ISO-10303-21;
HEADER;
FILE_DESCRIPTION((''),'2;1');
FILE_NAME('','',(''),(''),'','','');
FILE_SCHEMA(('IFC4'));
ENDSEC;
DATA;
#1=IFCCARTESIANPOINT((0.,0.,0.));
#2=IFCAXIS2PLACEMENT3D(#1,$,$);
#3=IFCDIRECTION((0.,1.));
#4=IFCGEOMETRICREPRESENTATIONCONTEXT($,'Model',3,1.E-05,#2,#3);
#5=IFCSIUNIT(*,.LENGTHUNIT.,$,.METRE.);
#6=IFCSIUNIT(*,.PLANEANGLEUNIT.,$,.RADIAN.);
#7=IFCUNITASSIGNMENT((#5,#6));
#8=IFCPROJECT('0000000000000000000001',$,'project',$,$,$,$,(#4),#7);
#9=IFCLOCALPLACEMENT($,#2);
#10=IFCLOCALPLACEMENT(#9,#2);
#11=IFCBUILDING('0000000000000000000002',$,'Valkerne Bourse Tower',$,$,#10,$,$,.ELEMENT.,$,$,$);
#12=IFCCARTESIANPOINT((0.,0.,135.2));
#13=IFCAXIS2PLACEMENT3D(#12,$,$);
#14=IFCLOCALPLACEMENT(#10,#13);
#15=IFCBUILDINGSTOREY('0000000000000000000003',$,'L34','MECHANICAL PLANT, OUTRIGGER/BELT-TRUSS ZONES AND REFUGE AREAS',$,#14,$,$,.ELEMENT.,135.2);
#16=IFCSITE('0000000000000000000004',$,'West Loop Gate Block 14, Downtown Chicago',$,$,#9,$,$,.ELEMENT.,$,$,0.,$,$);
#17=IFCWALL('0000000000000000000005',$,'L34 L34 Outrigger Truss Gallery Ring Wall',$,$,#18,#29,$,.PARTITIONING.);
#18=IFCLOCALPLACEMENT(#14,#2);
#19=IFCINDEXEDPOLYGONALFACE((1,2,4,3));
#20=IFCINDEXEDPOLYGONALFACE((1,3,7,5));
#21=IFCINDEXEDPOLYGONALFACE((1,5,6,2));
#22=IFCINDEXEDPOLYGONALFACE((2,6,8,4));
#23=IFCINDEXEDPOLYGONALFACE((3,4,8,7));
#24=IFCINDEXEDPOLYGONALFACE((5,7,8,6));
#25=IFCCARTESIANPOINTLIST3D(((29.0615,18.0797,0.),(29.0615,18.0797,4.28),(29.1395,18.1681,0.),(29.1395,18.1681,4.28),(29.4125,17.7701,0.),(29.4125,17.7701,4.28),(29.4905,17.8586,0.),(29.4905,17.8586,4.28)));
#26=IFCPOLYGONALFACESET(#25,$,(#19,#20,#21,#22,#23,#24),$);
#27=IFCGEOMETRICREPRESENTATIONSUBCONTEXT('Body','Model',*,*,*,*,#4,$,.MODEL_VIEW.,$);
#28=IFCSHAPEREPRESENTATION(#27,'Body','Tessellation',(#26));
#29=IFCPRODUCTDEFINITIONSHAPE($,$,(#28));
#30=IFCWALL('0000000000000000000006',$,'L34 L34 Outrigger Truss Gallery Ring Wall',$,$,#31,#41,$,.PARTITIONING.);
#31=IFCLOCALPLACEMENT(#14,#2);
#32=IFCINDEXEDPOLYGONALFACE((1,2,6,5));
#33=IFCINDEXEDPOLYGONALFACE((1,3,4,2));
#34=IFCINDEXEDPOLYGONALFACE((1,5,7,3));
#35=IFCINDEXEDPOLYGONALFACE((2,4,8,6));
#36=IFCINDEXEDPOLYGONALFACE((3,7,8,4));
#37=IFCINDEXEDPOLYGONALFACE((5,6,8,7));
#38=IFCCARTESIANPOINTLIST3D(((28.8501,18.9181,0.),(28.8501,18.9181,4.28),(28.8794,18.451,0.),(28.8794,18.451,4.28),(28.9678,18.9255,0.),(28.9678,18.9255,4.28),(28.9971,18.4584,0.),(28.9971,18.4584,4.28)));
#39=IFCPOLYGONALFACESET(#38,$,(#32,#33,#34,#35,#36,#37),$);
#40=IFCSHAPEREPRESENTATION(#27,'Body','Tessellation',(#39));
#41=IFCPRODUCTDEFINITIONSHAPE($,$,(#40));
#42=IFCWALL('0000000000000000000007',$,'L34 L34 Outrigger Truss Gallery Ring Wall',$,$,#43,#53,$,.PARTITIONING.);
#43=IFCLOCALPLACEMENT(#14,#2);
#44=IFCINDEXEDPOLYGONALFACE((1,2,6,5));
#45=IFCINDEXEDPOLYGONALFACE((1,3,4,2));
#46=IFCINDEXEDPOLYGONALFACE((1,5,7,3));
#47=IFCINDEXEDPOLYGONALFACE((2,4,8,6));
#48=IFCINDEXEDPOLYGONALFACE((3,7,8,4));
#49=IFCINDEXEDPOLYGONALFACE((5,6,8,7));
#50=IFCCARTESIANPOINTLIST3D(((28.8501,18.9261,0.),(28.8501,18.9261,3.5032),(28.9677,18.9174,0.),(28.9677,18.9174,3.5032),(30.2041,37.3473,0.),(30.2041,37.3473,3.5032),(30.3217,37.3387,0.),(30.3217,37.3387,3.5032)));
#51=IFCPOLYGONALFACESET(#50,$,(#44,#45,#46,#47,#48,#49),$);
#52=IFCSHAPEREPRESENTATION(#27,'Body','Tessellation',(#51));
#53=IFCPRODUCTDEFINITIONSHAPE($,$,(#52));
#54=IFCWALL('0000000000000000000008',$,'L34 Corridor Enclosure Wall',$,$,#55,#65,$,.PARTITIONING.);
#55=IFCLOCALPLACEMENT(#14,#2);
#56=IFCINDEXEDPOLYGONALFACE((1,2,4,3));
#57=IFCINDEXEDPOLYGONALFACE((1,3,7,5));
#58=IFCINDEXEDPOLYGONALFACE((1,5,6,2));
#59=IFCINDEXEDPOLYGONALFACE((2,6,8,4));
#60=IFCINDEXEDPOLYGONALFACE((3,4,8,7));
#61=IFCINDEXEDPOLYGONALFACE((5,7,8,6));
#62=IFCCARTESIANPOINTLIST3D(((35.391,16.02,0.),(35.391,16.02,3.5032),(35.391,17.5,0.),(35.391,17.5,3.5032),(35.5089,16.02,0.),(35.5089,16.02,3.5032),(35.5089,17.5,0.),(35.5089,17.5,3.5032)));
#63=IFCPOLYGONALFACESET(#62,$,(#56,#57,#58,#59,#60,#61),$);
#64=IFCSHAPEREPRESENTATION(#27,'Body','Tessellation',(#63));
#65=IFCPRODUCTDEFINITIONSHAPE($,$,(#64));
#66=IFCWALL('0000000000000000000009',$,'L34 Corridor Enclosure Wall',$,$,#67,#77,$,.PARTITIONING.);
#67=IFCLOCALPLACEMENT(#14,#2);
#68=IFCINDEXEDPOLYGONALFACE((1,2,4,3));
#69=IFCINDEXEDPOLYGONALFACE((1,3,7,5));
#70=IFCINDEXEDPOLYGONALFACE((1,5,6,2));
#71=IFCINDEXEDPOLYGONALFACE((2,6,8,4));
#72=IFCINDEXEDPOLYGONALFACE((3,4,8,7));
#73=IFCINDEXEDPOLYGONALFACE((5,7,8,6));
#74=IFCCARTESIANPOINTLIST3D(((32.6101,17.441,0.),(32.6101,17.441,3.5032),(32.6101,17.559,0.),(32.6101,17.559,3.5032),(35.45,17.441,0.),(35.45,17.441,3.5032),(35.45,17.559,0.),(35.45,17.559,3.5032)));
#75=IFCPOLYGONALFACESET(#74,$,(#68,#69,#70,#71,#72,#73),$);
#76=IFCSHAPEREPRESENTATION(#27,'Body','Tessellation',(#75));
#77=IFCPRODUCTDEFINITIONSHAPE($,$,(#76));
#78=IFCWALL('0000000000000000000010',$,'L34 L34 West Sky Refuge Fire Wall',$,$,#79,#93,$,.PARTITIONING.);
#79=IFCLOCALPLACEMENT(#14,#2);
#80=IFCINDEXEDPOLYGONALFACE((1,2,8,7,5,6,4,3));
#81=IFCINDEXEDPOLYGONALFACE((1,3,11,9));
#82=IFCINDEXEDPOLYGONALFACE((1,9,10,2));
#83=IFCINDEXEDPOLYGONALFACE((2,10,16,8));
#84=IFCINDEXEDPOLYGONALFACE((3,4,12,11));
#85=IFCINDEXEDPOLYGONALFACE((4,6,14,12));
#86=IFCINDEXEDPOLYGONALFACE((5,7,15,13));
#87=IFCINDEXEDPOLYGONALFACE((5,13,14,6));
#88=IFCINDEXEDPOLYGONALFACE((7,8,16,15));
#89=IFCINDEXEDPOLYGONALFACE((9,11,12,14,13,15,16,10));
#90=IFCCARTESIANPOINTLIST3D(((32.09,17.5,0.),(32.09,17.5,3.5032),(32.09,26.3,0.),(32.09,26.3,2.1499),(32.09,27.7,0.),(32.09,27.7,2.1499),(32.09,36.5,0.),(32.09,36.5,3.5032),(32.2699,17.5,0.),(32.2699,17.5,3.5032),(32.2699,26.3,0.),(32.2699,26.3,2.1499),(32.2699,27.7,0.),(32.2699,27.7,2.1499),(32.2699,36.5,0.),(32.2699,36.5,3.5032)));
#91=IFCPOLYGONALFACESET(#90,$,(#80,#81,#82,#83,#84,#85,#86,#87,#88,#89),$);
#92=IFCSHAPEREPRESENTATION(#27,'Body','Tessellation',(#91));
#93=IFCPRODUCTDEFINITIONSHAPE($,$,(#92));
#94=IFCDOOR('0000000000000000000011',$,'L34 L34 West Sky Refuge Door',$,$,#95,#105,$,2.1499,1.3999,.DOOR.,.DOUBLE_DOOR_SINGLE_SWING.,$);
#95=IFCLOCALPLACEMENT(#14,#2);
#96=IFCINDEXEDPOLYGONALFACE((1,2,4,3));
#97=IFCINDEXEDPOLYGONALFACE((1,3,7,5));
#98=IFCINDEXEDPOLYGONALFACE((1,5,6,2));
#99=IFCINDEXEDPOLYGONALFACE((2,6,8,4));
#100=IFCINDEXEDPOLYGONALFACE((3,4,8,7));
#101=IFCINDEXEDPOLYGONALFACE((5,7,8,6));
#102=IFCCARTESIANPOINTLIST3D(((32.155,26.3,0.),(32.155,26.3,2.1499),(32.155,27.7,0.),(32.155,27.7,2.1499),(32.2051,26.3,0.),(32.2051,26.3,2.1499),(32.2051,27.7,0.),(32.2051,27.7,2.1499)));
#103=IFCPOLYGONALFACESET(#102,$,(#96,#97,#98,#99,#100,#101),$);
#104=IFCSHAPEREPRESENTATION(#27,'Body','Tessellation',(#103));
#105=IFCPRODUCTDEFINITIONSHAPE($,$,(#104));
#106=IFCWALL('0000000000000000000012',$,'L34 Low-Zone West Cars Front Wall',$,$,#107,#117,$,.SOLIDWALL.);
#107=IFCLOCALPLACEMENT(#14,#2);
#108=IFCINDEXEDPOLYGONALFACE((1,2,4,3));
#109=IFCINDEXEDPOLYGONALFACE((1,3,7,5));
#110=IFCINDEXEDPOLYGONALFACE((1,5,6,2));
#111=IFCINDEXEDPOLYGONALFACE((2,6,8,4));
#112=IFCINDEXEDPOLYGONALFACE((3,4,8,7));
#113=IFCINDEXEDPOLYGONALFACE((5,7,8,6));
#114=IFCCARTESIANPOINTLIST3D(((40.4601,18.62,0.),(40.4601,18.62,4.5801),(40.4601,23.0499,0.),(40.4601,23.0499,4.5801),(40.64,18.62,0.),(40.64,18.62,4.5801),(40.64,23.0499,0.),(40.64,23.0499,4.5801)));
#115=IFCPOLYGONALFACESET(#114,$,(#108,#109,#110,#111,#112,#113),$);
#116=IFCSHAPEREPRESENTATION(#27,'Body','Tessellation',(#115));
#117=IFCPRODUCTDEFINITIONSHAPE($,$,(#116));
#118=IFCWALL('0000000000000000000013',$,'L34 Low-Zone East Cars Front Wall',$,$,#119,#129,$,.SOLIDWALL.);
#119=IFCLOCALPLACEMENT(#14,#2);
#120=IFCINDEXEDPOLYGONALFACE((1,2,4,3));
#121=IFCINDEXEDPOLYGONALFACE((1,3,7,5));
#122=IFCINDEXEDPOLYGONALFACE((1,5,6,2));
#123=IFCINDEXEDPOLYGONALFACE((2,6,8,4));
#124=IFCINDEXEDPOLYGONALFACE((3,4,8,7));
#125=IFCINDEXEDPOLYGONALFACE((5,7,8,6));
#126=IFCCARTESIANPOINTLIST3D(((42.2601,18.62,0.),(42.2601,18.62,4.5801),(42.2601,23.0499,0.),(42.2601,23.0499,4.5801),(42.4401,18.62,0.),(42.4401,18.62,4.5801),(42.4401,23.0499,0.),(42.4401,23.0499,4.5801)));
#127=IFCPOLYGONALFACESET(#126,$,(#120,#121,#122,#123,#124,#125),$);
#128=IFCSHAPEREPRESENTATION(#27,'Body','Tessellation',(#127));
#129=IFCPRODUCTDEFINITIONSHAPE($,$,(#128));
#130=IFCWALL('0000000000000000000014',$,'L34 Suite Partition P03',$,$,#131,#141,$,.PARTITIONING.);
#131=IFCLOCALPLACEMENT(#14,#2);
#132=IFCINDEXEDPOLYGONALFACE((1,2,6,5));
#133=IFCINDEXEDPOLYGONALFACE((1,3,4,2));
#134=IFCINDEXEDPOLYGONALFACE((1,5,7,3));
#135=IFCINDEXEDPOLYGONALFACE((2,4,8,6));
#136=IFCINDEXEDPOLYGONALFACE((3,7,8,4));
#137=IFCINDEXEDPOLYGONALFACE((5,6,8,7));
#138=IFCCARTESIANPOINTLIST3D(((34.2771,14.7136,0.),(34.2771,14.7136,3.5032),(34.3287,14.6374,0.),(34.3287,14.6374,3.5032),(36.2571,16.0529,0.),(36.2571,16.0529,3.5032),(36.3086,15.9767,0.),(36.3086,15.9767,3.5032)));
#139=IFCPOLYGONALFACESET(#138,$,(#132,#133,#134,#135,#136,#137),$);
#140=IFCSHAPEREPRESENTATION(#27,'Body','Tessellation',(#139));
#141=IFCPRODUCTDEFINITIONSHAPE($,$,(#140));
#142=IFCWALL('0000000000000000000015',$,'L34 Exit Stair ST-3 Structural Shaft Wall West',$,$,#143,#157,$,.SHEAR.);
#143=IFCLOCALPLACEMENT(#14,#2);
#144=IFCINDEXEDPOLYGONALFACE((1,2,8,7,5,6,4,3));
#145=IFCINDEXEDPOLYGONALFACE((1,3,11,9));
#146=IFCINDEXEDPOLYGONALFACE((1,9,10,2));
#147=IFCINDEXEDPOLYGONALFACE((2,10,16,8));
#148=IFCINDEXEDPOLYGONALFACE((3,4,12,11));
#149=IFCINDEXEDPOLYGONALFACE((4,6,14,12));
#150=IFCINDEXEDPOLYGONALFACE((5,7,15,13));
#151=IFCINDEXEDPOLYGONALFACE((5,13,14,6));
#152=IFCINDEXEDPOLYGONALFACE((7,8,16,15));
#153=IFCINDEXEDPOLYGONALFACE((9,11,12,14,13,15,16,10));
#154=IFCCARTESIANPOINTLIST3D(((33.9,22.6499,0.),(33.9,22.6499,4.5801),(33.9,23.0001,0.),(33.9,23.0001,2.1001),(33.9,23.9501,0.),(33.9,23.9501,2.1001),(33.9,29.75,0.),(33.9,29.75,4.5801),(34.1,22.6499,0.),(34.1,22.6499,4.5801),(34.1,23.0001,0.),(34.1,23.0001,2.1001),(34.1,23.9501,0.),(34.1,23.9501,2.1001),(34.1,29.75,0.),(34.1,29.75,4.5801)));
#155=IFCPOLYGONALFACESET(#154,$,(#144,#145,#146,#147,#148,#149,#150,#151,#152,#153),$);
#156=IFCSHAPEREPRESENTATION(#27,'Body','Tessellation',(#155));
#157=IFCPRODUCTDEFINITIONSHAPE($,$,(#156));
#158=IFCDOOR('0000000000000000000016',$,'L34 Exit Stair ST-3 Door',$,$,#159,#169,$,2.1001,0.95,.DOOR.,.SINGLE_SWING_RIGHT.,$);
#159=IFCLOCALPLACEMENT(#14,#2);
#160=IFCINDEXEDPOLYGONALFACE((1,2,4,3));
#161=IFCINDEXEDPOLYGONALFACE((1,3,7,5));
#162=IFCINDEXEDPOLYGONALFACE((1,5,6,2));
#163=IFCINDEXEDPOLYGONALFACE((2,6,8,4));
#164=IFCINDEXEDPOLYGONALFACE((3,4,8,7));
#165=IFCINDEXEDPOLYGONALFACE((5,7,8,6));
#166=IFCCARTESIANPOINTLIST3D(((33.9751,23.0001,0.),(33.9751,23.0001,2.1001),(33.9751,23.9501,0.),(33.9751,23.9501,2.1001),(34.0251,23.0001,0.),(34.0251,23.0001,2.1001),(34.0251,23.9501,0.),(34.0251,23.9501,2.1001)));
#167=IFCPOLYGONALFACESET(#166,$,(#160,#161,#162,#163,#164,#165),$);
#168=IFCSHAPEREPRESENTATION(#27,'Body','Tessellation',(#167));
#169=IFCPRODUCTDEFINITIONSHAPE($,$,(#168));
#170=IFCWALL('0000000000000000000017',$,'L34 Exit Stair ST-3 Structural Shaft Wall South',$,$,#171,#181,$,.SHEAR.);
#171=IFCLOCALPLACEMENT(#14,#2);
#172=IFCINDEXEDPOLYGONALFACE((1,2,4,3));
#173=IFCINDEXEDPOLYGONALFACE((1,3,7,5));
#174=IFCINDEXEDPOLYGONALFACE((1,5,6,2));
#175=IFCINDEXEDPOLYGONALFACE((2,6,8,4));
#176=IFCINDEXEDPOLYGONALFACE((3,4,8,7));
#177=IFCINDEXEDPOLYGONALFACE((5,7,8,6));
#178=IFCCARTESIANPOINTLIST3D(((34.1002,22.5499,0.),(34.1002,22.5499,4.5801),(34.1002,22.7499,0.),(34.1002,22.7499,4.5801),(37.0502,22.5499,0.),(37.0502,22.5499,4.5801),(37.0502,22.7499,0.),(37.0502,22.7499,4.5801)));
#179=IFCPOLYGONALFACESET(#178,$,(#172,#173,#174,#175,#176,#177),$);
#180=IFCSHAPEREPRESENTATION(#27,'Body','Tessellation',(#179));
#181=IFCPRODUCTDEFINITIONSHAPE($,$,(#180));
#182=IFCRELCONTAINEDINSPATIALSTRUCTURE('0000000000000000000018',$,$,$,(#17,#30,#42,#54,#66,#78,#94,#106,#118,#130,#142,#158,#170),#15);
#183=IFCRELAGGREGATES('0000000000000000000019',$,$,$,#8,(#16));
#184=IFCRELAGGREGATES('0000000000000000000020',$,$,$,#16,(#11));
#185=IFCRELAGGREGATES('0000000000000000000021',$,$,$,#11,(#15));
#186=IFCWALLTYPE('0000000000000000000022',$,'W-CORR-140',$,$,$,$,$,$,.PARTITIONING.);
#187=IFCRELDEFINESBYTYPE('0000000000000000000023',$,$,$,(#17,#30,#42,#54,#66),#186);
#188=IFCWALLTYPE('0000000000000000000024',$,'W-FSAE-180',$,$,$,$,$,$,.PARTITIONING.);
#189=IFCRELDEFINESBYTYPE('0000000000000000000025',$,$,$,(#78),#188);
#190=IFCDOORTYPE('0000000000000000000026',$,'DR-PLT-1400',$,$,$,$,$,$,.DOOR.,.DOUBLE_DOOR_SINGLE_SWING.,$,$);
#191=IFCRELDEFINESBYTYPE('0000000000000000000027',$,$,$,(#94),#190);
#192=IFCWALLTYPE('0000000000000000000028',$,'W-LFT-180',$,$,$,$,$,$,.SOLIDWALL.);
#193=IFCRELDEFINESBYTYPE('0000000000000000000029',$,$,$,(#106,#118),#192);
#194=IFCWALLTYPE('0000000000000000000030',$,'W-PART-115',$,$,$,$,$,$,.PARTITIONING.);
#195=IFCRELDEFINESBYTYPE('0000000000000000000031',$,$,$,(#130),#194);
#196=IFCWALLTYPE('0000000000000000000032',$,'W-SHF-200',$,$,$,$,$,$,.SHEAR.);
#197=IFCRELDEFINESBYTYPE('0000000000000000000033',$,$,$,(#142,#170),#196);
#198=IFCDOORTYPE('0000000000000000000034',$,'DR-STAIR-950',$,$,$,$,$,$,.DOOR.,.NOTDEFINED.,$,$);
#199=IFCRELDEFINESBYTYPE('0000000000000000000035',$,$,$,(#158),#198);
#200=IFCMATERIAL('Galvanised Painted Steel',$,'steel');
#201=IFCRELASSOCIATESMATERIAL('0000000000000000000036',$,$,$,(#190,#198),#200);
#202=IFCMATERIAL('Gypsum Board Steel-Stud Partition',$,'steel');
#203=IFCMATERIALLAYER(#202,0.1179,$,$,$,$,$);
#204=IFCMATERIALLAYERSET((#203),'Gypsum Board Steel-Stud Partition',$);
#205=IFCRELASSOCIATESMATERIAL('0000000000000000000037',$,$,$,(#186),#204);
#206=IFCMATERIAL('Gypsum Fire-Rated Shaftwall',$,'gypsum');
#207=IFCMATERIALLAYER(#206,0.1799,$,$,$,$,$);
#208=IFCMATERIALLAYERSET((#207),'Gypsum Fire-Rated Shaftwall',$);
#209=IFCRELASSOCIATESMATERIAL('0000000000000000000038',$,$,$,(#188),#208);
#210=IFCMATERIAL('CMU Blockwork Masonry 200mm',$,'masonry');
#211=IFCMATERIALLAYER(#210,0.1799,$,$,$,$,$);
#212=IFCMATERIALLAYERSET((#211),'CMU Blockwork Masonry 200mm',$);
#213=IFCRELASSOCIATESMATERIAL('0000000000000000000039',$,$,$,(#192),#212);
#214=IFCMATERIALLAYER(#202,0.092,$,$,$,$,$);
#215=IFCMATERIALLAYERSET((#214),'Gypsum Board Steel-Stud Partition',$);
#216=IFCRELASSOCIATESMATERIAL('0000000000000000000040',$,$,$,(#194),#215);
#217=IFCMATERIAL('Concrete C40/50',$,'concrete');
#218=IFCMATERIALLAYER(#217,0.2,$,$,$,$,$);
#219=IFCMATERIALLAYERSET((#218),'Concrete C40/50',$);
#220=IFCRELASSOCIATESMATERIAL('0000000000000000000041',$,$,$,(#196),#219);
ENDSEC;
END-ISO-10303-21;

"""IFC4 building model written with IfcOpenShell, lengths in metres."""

from ifc_helpers import new_model, si_unit, direction, frame, frame_2d, origin, place, context, subcontext, project, spatial, rectangle, extrude, material, layer, layer_set, type_object, element, fill, save


model = new_model("IFC4")

# Units and contexts
model_context = context("Model", 3, precision=1e-05, world=origin(), true_north=direction((0.0, 1.0)))
body_context = subcontext(model_context, "Body", "Model", "MODEL_VIEW")
ifc_project = project(units=[si_unit("LENGTHUNIT", "METRE"), si_unit("PLANEANGLEUNIT", "RADIAN")], contexts=[model_context])

# Site, building, storey
site_placement = place(None, origin())
site = spatial("IfcSite", under=ifc_project, at=site_placement, Name="West Loop Gate Block 14, Downtown Chicago", CompositionType="ELEMENT", RefElevation=0.0)
building_placement = place(site_placement, origin())
building = spatial("IfcBuilding", under=site, at=building_placement, Name="Valkerne Bourse Tower", CompositionType="ELEMENT")
storey_placement = place(building_placement, frame((0.0, 0.0, 135.2)))
storey = spatial("IfcBuildingStorey", under=building, at=storey_placement, Name="L34", Description="MECHANICAL PLANT, OUTRIGGER/BELT-TRUSS ZONES AND REFUGE AREAS", CompositionType="ELEMENT", Elevation=135.2)

# Shared definitions
ifc_material_1 = material(Name="Galvanised Painted Steel", Category="steel")
door_type_1 = type_object("IfcDoorType", Name="DR-PLT-1400", OperationType="DOUBLE_DOOR_SINGLE_SWING", PredefinedType="DOOR", material=ifc_material_1)

# Walls
ifc_material_2 = material(Name="Gypsum Board Steel-Stud Partition", Category="steel")
ifc_layer_1 = layer(ifc_material_2, 0.1179)
ifc_layer_set_1 = layer_set([ifc_layer_1], Name="Gypsum Board Steel-Stud Partition")
wall_type_1 = type_object("IfcWallType", Name="W-CORR-140", PredefinedType="PARTITIONING", material=ifc_layer_set_1)
for number, where, z_axis, x_axis, name in (
    (1, (29.4514, 17.8145, 0.0), (0.0, 0.0, 1.0), (-0.750051, 0.66138, 0.0), "L34 L34 Outrigger Truss Gallery Ring Wall"),
    (2, (28.9382, 18.4548, 0.0), (0.0, 0.0, 1.0), (-0.062606, 0.998038, 0.0), "L34 L34 Outrigger Truss Gallery Ring Wall"),
):
    element("IfcWall", number, at=place(storey_placement, frame(where, z_axis=z_axis, x_axis=x_axis)), inside=storey, type_object=wall_type_1, Name=name, PredefinedType="PARTITIONING", context=body_context, shape_type="SweptSolid", body=[
        extrude(rectangle(XDim=0.468, YDim=0.1179, at=frame_2d((0.2339, 0.0))), origin(), (0.0, 0.0, 1.0), 4.28),
    ])
wall_1_placement = place(storey_placement, frame((28.9089, 18.9219, 0.0), z_axis=(0.0, 0.0, 1.0), x_axis=(0.073305, 0.99731, 0.0)))
element("IfcWall", 3, at=wall_1_placement, inside=storey, type_object=wall_type_1, Name="L34 L34 Outrigger Truss Gallery Ring Wall", PredefinedType="PARTITIONING", context=body_context, shape_type="SweptSolid", body=[
    extrude(rectangle(XDim=18.4709, YDim=0.1179, at=frame_2d((9.2354, 0.0))), origin(), (0.0, 0.0, 1.0), 3.5032),
])
wall_2_placement = place(storey_placement, frame((35.45, 16.02, 0.0), z_axis=(0.0, 0.0, 1.0), x_axis=(0.0, 1.0, 0.0)))
element("IfcWall", 4, at=wall_2_placement, inside=storey, type_object=wall_type_1, Name="L34 Corridor Enclosure Wall", PredefinedType="PARTITIONING", context=body_context, shape_type="SweptSolid", body=[
    extrude(rectangle(XDim=1.48, YDim=0.1179, at=frame_2d((0.74, 0.0))), origin(), (0.0, 0.0, 1.0), 3.5032),
])
wall_3_placement = place(storey_placement, frame((35.45, 17.5, 0.0), z_axis=(0.0, 0.0, 1.0), x_axis=(-1.0, 0.0, 0.0)))
element("IfcWall", 5, at=wall_3_placement, inside=storey, type_object=wall_type_1, Name="L34 Corridor Enclosure Wall", PredefinedType="PARTITIONING", context=body_context, shape_type="SweptSolid", body=[
    extrude(rectangle(XDim=2.8398, YDim=0.1179, at=frame_2d((1.4199, 0.0))), origin(), (0.0, 0.0, 1.0), 3.5032),
])

# Wall, opening, door
ifc_material_3 = material(Name="Gypsum Fire-Rated Shaftwall", Category="gypsum")
ifc_layer_2 = layer(ifc_material_3, 0.1799)
ifc_layer_set_2 = layer_set([ifc_layer_2], Name="Gypsum Fire-Rated Shaftwall")
wall_type_2 = type_object("IfcWallType", Name="W-FSAE-180", PredefinedType="PARTITIONING", material=ifc_layer_set_2)
wall_4_placement = place(storey_placement, frame((32.1799, 17.5, 0.0), z_axis=(0.0, 0.0, 1.0), x_axis=(0.0, 1.0, 0.0)))
wall_4 = element("IfcWall", 6, at=wall_4_placement, inside=storey, type_object=wall_type_2, Name="L34 L34 West Sky Refuge Fire Wall", PredefinedType="PARTITIONING", context=body_context, shape_type="SweptSolid", body=[
    extrude(rectangle(XDim=19.0, YDim=0.1799, at=frame_2d((9.5, 0.0))), origin(), (0.0, 0.0, 1.0), 3.5032),
])
opening_1_placement = place(wall_4_placement, frame((8.8, 0.0, 0.0)))
opening_1 = element("IfcOpeningElement", 7, at=opening_1_placement, cuts=wall_4, PredefinedType="OPENING", context=body_context, shape_type="SweptSolid", body=[
    extrude(rectangle(XDim=1.3999, YDim=2.1499, at=frame_2d((0.7, 1.075))), frame((0.0, 0.0999, 0.0), z_axis=(0.0, -1.0, 0.0), x_axis=(1.0, 0.0, 0.0)), (0.0, 0.0, 1.0), 0.2),
])
door_1_placement = place(opening_1_placement, origin())
door_1 = element("IfcDoor", 8, at=door_1_placement, inside=storey, type_object=door_type_1, Name="L34 L34 West Sky Refuge Door", OperationType="DOUBLE_DOOR_SINGLE_SWING", OverallHeight=2.1499, OverallWidth=1.3999, PredefinedType="DOOR", context=body_context, shape_type="SweptSolid", body=[
    extrude(rectangle(XDim=1.3999, YDim=2.1499, at=frame_2d((0.7, 1.075))), frame((0.0, 0.0249, 0.0), z_axis=(0.0, -1.0, 0.0), x_axis=(1.0, 0.0, 0.0)), (0.0, 0.0, 1.0), 0.05),
])
fill(opening_1, door_1)

# Walls
ifc_material_4 = material(Name="CMU Blockwork Masonry 200mm", Category="masonry")
ifc_layer_3 = layer(ifc_material_4, 0.1799)
ifc_layer_set_3 = layer_set([ifc_layer_3], Name="CMU Blockwork Masonry 200mm")
wall_type_3 = type_object("IfcWallType", Name="W-LFT-180", PredefinedType="SOLIDWALL", material=ifc_layer_set_3)
for number, where, z_axis, x_axis, name in (
    (9, (40.55, 18.6201, 0.0), (0.0, 0.0, 1.0), (0.0, 1.0, 0.0), "L34 Low-Zone West Cars Front Wall"),
    (10, (42.3501, 18.6201, 0.0), (0.0, 0.0, 1.0), (0.0, 1.0, 0.0), "L34 Low-Zone East Cars Front Wall"),
):
    element("IfcWall", number, at=place(storey_placement, frame(where, z_axis=z_axis, x_axis=x_axis)), inside=storey, type_object=wall_type_3, Name=name, PredefinedType="SOLIDWALL", context=body_context, shape_type="SweptSolid", body=[
        extrude(rectangle(XDim=4.4299, YDim=0.1799, at=frame_2d((2.2148, 0.0))), origin(), (0.0, 0.0, 1.0), 4.5801),
    ])
ifc_layer_4 = layer(ifc_material_2, 0.092)
ifc_layer_set_4 = layer_set([ifc_layer_4], Name="Gypsum Board Steel-Stud Partition")
wall_type_4 = type_object("IfcWallType", Name="W-PART-115", PredefinedType="PARTITIONING", material=ifc_layer_set_4)
wall_5_placement = place(storey_placement, frame((36.283, 16.0149, 0.0), z_axis=(0.0, 0.0, 1.0), x_axis=(-0.828292, -0.560297, 0.0)))
element("IfcWall", 11, at=wall_5_placement, inside=storey, type_object=wall_type_4, Name="L34 Suite Partition P03", PredefinedType="PARTITIONING", context=body_context, shape_type="SweptSolid", body=[
    extrude(rectangle(XDim=2.3904, YDim=0.092, at=frame_2d((1.1953, 0.0))), origin(), (0.0, 0.0, 1.0), 3.5032),
])

# Wall, opening, door
ifc_material_5 = material(Name="Concrete C40/50", Category="concrete")
ifc_layer_5 = layer(ifc_material_5, 0.2)
ifc_layer_set_5 = layer_set([ifc_layer_5], Name="Concrete C40/50")
wall_type_5 = type_object("IfcWallType", Name="W-SHF-200", PredefinedType="SHEAR", material=ifc_layer_set_5)
wall_6_placement = place(storey_placement, frame((34.0, 22.6499, 0.0), z_axis=(0.0, 0.0, 1.0), x_axis=(0.0, 1.0, 0.0)))
wall_6 = element("IfcWall", 12, at=wall_6_placement, inside=storey, type_object=wall_type_5, Name="L34 Exit Stair ST-3 Structural Shaft Wall West", PredefinedType="SHEAR", context=body_context, shape_type="SweptSolid", body=[
    extrude(rectangle(XDim=7.1001, YDim=0.2, at=frame_2d((3.55, 0.0))), origin(), (0.0, 0.0, 1.0), 4.5801),
])
opening_2_placement = place(wall_6_placement, frame((0.3501, 0.0, 0.0)))
opening_2 = element("IfcOpeningElement", 13, at=opening_2_placement, cuts=wall_6, PredefinedType="OPENING", context=body_context, shape_type="SweptSolid", body=[
    extrude(rectangle(XDim=0.95, YDim=2.1001, at=frame_2d((0.4751, 1.05))), frame((0.0, 0.1099, 0.0), z_axis=(0.0, -1.0, 0.0), x_axis=(1.0, 0.0, 0.0)), (0.0, 0.0, 1.0), 0.22),
])
door_type_2 = type_object("IfcDoorType", Name="DR-STAIR-950", OperationType="NOTDEFINED", PredefinedType="DOOR", material=ifc_material_1)
door_2_placement = place(opening_2_placement, origin())
door_2 = element("IfcDoor", 14, at=door_2_placement, inside=storey, type_object=door_type_2, Name="L34 Exit Stair ST-3 Door", OperationType="SINGLE_SWING_RIGHT", OverallHeight=2.1001, OverallWidth=0.95, PredefinedType="DOOR", context=body_context, shape_type="SweptSolid", body=[
    extrude(rectangle(XDim=0.95, YDim=2.1001, at=frame_2d((0.4751, 1.05))), frame((0.0, 0.0249, 0.0), z_axis=(0.0, -1.0, 0.0), x_axis=(1.0, 0.0, 0.0)), (0.0, 0.0, 1.0), 0.05),
])
fill(opening_2, door_2)

# Wall
wall_7_placement = place(storey_placement, frame((34.1001, 22.6499, 0.0), z_axis=(0.0, 0.0, 1.0), x_axis=(1.0, 0.0, 0.0)))
element("IfcWall", 15, at=wall_7_placement, inside=storey, type_object=wall_type_5, Name="L34 Exit Stair ST-3 Structural Shaft Wall South", PredefinedType="SHEAR", context=body_context, shape_type="SweptSolid", body=[
    extrude(rectangle(XDim=2.95, YDim=0.2, at=frame_2d((1.4751, 0.0))), origin(), (0.0, 0.0, 1.0), 4.5801),
])

save(model, "model.ifc")
